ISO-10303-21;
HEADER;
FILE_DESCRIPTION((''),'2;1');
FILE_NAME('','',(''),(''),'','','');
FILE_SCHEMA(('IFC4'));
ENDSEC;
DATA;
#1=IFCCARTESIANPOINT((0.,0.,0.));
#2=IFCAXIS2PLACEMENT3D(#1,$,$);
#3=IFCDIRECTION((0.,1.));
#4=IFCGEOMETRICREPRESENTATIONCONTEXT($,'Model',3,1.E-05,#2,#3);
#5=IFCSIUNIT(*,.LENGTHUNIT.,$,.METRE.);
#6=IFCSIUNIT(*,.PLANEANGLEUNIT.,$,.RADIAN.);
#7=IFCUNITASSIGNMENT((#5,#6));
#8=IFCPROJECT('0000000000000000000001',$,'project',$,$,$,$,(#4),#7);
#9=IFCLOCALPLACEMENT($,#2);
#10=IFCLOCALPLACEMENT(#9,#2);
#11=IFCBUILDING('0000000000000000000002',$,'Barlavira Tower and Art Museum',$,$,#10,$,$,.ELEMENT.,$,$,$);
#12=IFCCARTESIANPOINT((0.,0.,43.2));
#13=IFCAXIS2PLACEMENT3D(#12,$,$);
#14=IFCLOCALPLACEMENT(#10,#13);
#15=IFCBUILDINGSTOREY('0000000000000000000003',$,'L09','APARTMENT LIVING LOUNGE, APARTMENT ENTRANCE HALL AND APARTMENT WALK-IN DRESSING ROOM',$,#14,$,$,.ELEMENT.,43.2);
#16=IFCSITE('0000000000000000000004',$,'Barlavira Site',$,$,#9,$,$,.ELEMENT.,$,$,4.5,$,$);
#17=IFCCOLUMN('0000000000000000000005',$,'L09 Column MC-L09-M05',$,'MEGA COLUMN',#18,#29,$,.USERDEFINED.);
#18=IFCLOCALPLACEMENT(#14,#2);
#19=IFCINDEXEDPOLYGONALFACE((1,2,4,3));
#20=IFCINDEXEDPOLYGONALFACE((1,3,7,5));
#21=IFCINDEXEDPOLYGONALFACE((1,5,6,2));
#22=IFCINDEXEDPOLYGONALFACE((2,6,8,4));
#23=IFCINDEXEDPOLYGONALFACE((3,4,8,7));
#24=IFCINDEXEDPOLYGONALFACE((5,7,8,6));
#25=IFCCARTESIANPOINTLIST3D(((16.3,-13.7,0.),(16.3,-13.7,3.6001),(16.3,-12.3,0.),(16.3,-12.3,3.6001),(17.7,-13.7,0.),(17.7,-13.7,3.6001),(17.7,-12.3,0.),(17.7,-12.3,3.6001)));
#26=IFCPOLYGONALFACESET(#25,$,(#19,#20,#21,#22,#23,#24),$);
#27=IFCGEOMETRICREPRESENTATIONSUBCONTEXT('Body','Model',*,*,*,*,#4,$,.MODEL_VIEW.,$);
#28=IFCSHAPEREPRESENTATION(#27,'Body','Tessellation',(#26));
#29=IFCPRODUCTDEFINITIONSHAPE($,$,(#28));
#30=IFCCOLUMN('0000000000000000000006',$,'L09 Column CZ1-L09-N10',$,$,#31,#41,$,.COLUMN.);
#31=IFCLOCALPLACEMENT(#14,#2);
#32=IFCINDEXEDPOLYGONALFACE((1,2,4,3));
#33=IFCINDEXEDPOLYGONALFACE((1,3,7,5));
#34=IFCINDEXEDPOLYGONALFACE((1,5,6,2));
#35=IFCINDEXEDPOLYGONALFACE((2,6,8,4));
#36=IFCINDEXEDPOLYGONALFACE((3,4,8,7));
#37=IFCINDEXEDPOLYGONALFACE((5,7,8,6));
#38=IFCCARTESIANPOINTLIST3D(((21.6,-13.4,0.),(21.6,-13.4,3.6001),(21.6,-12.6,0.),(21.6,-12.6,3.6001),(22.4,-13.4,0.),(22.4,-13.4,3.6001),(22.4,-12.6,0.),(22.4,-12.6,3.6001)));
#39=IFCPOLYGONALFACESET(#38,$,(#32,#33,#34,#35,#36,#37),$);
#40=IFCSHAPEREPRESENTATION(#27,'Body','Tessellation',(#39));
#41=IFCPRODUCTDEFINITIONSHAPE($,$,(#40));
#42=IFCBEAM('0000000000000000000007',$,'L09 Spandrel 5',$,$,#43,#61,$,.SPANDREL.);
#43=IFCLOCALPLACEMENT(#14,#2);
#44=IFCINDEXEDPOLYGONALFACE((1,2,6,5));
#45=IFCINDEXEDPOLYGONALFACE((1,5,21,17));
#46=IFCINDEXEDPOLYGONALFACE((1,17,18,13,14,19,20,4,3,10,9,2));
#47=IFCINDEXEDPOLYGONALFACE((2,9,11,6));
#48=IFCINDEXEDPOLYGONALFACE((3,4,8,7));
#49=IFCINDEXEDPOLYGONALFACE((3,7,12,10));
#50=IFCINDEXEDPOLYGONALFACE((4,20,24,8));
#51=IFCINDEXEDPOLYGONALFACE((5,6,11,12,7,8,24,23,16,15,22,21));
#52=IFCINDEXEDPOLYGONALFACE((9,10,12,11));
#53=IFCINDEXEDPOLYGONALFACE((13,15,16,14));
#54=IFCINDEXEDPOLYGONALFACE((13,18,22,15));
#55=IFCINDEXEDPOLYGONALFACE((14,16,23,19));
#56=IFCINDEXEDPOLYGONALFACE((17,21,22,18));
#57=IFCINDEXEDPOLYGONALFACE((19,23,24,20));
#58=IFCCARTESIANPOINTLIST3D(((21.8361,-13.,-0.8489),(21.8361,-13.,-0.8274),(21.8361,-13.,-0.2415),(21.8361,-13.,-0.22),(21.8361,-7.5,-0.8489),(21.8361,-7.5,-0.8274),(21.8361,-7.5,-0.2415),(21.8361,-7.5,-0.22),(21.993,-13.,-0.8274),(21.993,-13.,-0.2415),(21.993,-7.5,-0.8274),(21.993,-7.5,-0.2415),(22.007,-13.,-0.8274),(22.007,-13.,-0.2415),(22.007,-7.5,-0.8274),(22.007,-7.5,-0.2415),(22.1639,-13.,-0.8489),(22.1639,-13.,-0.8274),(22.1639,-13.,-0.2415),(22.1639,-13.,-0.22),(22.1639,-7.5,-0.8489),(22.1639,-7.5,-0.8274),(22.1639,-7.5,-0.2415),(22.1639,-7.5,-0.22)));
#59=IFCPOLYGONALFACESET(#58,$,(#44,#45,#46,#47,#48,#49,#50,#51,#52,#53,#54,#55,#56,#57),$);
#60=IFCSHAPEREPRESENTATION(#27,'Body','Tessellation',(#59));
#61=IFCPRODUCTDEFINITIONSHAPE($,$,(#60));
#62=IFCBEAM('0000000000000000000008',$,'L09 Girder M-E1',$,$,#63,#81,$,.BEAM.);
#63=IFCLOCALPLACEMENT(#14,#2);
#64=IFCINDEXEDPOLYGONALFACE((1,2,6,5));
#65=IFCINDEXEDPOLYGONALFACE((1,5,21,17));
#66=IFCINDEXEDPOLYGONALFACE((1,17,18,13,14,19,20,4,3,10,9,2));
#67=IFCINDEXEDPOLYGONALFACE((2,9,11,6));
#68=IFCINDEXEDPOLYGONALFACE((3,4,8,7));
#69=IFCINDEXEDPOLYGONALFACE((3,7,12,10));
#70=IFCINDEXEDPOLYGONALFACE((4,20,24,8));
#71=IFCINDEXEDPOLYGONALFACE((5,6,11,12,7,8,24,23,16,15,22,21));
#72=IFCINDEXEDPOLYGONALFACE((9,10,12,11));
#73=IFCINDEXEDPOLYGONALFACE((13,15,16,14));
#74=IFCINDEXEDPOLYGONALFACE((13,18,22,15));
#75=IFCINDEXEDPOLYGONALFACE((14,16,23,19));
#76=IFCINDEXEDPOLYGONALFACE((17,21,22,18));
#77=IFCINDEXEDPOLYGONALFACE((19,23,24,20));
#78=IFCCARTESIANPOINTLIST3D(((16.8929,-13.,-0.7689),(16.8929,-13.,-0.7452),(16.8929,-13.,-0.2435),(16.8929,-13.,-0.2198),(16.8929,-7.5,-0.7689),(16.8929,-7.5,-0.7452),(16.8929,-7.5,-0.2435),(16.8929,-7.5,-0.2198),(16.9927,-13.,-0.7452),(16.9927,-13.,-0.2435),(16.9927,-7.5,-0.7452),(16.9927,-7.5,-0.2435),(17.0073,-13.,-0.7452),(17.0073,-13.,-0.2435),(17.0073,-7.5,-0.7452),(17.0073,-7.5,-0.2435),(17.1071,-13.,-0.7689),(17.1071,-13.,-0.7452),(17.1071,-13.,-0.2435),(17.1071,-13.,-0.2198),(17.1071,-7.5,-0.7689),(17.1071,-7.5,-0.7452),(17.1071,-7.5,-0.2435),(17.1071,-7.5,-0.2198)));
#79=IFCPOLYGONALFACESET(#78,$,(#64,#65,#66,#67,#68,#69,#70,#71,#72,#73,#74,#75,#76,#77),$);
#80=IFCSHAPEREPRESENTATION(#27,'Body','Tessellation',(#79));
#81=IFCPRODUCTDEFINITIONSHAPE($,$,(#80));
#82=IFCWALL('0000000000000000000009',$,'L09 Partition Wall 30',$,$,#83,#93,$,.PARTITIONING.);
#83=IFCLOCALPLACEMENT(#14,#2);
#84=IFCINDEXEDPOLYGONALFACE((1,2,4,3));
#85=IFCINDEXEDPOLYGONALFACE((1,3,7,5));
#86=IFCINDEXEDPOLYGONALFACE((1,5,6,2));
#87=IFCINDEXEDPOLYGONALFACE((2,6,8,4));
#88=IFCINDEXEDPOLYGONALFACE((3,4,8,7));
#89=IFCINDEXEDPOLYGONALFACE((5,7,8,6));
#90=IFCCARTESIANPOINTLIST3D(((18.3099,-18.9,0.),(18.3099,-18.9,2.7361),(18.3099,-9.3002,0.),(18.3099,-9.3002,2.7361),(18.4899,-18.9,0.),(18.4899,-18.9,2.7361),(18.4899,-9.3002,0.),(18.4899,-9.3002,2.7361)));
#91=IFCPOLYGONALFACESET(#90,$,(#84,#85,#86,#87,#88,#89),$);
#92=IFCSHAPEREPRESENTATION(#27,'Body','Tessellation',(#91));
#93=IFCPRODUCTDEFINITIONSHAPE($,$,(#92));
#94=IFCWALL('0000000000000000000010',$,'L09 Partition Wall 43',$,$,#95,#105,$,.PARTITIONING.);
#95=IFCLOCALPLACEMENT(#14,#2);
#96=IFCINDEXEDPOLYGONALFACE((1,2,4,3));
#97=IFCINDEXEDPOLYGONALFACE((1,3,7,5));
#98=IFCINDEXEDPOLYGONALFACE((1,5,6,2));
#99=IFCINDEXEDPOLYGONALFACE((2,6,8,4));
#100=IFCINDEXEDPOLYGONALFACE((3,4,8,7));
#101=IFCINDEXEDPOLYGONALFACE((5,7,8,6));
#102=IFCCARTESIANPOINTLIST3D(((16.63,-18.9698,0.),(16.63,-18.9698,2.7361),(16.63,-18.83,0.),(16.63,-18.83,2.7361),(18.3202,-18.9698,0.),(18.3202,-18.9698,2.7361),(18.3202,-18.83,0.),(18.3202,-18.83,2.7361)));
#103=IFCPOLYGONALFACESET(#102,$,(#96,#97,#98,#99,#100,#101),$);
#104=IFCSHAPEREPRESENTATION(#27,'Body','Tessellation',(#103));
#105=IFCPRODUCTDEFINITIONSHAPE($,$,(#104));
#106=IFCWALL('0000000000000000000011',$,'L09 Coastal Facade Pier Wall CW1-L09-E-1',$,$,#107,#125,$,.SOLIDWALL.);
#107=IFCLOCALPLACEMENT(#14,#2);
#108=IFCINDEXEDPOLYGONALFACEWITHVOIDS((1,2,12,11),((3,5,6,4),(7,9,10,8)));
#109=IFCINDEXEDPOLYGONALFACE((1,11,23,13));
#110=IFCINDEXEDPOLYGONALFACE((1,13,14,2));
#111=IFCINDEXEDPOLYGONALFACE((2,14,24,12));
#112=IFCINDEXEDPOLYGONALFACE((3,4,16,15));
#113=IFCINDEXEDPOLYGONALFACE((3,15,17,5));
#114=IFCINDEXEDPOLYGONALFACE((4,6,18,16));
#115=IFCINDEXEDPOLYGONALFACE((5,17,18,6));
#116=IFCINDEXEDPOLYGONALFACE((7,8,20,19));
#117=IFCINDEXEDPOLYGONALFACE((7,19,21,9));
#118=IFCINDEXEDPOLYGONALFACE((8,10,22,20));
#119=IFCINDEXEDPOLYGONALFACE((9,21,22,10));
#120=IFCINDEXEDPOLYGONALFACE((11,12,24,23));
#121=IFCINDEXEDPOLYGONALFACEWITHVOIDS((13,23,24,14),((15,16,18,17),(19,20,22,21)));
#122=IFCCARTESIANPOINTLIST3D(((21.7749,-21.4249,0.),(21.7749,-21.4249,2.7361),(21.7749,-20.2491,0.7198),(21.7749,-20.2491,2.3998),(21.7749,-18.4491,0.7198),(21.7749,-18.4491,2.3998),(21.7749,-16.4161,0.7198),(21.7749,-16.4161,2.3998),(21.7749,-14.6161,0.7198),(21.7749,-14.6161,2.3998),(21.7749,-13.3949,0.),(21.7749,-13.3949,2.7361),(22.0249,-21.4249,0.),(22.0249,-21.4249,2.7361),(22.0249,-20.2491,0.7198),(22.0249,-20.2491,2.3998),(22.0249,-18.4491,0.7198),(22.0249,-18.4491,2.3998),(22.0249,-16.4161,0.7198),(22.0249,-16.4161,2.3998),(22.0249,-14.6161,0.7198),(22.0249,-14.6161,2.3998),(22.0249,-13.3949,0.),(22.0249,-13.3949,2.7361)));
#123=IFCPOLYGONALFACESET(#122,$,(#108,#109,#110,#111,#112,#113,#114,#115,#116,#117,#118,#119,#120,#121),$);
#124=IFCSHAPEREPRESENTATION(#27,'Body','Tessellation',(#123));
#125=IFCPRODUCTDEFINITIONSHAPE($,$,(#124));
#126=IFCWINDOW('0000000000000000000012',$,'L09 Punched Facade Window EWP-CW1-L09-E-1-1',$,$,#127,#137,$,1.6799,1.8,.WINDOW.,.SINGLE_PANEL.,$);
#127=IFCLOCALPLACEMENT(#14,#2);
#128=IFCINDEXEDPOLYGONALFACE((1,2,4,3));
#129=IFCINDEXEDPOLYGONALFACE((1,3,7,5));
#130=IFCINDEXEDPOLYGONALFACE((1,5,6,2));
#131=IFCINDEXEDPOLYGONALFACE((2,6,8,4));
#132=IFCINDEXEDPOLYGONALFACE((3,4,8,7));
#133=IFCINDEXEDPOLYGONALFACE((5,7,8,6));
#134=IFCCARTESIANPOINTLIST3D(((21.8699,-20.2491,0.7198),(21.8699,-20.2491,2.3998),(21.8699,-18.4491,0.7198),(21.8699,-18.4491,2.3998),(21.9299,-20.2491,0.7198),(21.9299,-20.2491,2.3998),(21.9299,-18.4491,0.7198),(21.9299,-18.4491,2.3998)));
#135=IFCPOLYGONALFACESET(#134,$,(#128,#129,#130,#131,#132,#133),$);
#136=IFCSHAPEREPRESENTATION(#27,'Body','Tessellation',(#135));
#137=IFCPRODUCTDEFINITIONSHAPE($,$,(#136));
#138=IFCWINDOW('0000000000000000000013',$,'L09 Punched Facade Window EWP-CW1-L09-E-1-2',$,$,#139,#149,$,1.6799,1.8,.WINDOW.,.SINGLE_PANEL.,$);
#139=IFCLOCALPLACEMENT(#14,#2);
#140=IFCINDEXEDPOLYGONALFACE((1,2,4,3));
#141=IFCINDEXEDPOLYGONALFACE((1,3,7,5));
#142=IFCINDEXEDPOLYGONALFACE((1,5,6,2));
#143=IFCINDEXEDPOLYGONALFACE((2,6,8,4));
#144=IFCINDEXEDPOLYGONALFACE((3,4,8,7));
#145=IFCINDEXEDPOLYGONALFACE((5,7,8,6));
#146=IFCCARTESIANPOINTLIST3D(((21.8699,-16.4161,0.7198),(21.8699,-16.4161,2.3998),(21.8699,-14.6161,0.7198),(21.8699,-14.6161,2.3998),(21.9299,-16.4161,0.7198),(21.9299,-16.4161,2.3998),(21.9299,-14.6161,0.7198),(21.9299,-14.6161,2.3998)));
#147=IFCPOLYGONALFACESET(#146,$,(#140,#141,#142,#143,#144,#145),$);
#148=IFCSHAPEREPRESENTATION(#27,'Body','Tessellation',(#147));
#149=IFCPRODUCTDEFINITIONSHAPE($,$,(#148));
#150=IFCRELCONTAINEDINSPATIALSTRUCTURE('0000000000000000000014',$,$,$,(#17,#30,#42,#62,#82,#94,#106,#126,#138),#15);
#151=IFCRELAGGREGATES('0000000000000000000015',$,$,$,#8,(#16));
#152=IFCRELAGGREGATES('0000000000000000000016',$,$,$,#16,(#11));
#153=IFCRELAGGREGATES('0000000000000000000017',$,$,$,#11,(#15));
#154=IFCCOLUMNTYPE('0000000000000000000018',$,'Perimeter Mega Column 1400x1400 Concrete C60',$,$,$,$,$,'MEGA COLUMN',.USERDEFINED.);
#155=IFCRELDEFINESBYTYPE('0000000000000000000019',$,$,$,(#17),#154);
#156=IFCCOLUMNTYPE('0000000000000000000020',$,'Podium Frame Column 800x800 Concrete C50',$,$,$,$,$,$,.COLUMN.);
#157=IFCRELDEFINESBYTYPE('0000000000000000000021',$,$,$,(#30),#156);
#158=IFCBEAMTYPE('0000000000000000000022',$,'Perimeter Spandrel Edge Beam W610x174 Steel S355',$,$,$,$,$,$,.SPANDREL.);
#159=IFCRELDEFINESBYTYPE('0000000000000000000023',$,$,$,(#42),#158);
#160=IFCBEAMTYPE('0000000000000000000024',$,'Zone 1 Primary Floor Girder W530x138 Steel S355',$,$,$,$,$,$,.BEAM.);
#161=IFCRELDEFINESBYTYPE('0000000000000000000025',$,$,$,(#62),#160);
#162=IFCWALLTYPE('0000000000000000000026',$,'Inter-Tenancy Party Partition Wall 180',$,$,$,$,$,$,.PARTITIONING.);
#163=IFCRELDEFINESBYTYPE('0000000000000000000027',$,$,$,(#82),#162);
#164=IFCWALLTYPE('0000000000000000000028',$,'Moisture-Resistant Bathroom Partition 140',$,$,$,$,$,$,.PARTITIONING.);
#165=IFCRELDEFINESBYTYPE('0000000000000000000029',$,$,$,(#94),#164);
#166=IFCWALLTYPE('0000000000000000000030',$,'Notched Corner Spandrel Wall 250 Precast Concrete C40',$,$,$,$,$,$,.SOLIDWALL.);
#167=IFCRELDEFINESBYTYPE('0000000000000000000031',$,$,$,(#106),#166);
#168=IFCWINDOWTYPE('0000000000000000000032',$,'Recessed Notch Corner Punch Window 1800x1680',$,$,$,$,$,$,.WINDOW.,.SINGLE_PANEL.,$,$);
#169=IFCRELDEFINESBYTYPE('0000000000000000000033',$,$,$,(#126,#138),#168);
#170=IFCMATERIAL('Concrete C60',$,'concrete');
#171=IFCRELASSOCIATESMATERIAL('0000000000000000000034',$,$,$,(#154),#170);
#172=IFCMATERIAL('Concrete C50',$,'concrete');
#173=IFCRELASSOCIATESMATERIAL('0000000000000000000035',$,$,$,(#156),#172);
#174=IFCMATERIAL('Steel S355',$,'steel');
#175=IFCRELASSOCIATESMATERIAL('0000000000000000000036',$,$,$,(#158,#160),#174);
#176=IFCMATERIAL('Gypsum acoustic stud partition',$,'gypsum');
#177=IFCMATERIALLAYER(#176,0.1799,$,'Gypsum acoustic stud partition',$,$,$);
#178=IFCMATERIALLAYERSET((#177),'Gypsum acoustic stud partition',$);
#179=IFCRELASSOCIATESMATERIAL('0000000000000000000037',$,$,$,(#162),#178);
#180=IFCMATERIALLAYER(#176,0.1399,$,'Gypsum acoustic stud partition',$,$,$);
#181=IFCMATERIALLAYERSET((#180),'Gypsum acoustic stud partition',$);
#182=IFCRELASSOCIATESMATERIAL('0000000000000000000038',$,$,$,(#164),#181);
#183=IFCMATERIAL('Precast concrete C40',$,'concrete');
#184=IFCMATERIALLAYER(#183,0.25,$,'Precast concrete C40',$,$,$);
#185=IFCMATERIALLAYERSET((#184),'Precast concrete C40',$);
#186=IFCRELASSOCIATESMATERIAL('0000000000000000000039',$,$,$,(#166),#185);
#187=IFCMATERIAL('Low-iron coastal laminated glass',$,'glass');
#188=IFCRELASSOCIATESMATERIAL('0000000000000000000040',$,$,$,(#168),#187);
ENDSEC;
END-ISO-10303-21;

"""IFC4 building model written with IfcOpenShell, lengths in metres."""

from ifc_helpers import new_model, si_unit, direction, frame, frame_2d, origin, origin_2d, place, context, subcontext, project, spatial, rectangle, i_section, extrude, material, layer, layer_set, material_profile, profile_set, type_object, element, fill, save


model = new_model("IFC4")

# Units and contexts
model_context = context("Model", 3, precision=1e-05, world=origin(), true_north=direction((0.0, 1.0)))
body_context = subcontext(model_context, "Body", "Model", "MODEL_VIEW")
ifc_project = project(units=[si_unit("LENGTHUNIT", "METRE"), si_unit("PLANEANGLEUNIT", "RADIAN")], contexts=[model_context])

# Site, building, storey
site_placement = place(None, origin())
site = spatial("IfcSite", under=ifc_project, at=site_placement, Name="Barlavira Site", CompositionType="ELEMENT", RefElevation=4.5)
building_placement = place(site_placement, origin())
building = spatial("IfcBuilding", under=site, at=building_placement, Name="Barlavira Tower and Art Museum", CompositionType="ELEMENT")
storey_placement = place(building_placement, frame((0.0, 0.0, 43.2)))
storey = spatial("IfcBuildingStorey", under=building, at=storey_placement, Name="L09", Description="APARTMENT LIVING LOUNGE, APARTMENT ENTRANCE HALL AND APARTMENT WALK-IN DRESSING ROOM", CompositionType="ELEMENT", Elevation=43.2)

# Columns
ifc_material_1 = material(Name="Concrete C60", Category="concrete")
ifc_material_profile_1 = material_profile(ifc_material_1, rectangle(XDim=1.3999, YDim=1.3999, at=origin_2d()), Name="RC-MCOL 1400x1400")
ifc_profile_set_1 = profile_set([ifc_material_profile_1], Name="Concrete C60")
column_type_1 = type_object("IfcColumnType", Name="Perimeter Mega Column 1400x1400 Concrete C60", ElementType="MEGA COLUMN", PredefinedType="USERDEFINED", material=ifc_profile_set_1)
column_1_placement = place(storey_placement, frame((17.0, -13.0, 0.0), z_axis=(0.0, 0.0, 1.0), x_axis=(1.0, 0.0, 0.0)))
element("IfcColumn", 1, at=column_1_placement, inside=storey, type_object=column_type_1, Name="L09 Column MC-L09-M05", ObjectType="MEGA COLUMN", PredefinedType="USERDEFINED", context=body_context, shape_type="SweptSolid", body=[
    extrude(rectangle(XDim=1.3999, YDim=1.3999, at=origin_2d()), origin(), (0.0, 0.0, 1.0), 3.6001),
])
ifc_material_2 = material(Name="Concrete C50", Category="concrete")
ifc_material_profile_2 = material_profile(ifc_material_2, rectangle(XDim=0.8, YDim=0.8, at=origin_2d()), Name="RC-COL 800x800")
ifc_profile_set_2 = profile_set([ifc_material_profile_2], Name="Concrete C50")
column_type_2 = type_object("IfcColumnType", Name="Podium Frame Column 800x800 Concrete C50", PredefinedType="COLUMN", material=ifc_profile_set_2)
column_2_placement = place(storey_placement, frame((22.0, -13.0, 0.0), z_axis=(0.0, 0.0, 1.0), x_axis=(1.0, 0.0, 0.0)))
element("IfcColumn", 2, at=column_2_placement, inside=storey, type_object=column_type_2, Name="L09 Column CZ1-L09-N10", PredefinedType="COLUMN", context=body_context, shape_type="SweptSolid", body=[
    extrude(rectangle(XDim=0.8, YDim=0.8, at=origin_2d()), origin(), (0.0, 0.0, 1.0), 3.6001),
])

# Beams
ifc_material_3 = material(Name="Steel S355", Category="steel")
ifc_material_profile_3 = material_profile(ifc_material_3, i_section(OverallWidth=0.3279, OverallDepth=0.6289, WebThickness=0.0139, FlangeThickness=0.0215, at=origin_2d()), Name="W610x174.0")
ifc_profile_set_3 = profile_set([ifc_material_profile_3], Name="Steel S355")
beam_type_1 = type_object("IfcBeamType", Name="Perimeter Spandrel Edge Beam W610x174 Steel S355", PredefinedType="SPANDREL", material=ifc_profile_set_3)
beam_1_placement = place(storey_placement, frame((22.0, -13.0, -0.5344), z_axis=(0.0, 1.0, 0.0), x_axis=(-1.0, 0.0, 0.0)))
element("IfcBeam", 3, at=beam_1_placement, inside=storey, type_object=beam_type_1, Name="L09 Spandrel 5", PredefinedType="SPANDREL", context=body_context, shape_type="SweptSolid", body=[
    extrude(i_section(OverallWidth=0.3279, OverallDepth=0.6289, WebThickness=0.0139, FlangeThickness=0.0215, at=origin_2d()), origin(), (0.0, 0.0, 1.0), 5.5),
])
ifc_material_profile_4 = material_profile(ifc_material_3, i_section(OverallWidth=0.2141, OverallDepth=0.5491, WebThickness=0.0146, FlangeThickness=0.0237, at=origin_2d()), Name="W530x138.0")
ifc_profile_set_4 = profile_set([ifc_material_profile_4], Name="Steel S355")
beam_type_2 = type_object("IfcBeamType", Name="Zone 1 Primary Floor Girder W530x138 Steel S355", PredefinedType="BEAM", material=ifc_profile_set_4)
beam_2_placement = place(storey_placement, frame((17.0, -13.0, -0.4944), z_axis=(0.0, 1.0, 0.0), x_axis=(-1.0, 0.0, 0.0)))
element("IfcBeam", 4, at=beam_2_placement, inside=storey, type_object=beam_type_2, Name="L09 Girder M-E1", PredefinedType="BEAM", context=body_context, shape_type="SweptSolid", body=[
    extrude(i_section(OverallWidth=0.2141, OverallDepth=0.5491, WebThickness=0.0146, FlangeThickness=0.0237, at=origin_2d()), origin(), (0.0, 0.0, 1.0), 5.5),
])

# Walls
ifc_material_4 = material(Name="Gypsum acoustic stud partition", Category="gypsum")
ifc_layer_1 = layer(ifc_material_4, 0.1799, Name="Gypsum acoustic stud partition")
ifc_layer_set_1 = layer_set([ifc_layer_1], Name="Gypsum acoustic stud partition")
wall_type_1 = type_object("IfcWallType", Name="Inter-Tenancy Party Partition Wall 180", PredefinedType="PARTITIONING", material=ifc_layer_set_1)
wall_1_placement = place(storey_placement, frame((18.3999, -18.8999, 0.0), z_axis=(0.0, 0.0, 1.0), x_axis=(0.0, 1.0, 0.0)))
element("IfcWall", 5, at=wall_1_placement, inside=storey, type_object=wall_type_1, Name="L09 Partition Wall 30", PredefinedType="PARTITIONING", context=body_context, shape_type="SweptSolid", body=[
    extrude(rectangle(XDim=9.5999, YDim=0.1799, at=frame_2d((4.7998, 0.0))), origin(), (0.0, 0.0, 1.0), 2.7361),
])
ifc_layer_2 = layer(ifc_material_4, 0.1399, Name="Gypsum acoustic stud partition")
ifc_layer_set_2 = layer_set([ifc_layer_2], Name="Gypsum acoustic stud partition")
wall_type_2 = type_object("IfcWallType", Name="Moisture-Resistant Bathroom Partition 140", PredefinedType="PARTITIONING", material=ifc_layer_set_2)
wall_2_placement = place(storey_placement, frame((16.6299, -18.8999, 0.0), z_axis=(0.0, 0.0, 1.0), x_axis=(1.0, 0.0, 0.0)))
element("IfcWall", 6, at=wall_2_placement, inside=storey, type_object=wall_type_2, Name="L09 Partition Wall 43", PredefinedType="PARTITIONING", context=body_context, shape_type="SweptSolid", body=[
    extrude(rectangle(XDim=1.6902, YDim=0.1399, at=frame_2d((0.8452, 0.0))), origin(), (0.0, 0.0, 1.0), 2.7361),
])

# Wall, openings, windows
ifc_material_5 = material(Name="Precast concrete C40", Category="concrete")
ifc_layer_3 = layer(ifc_material_5, 0.25, Name="Precast concrete C40")
ifc_layer_set_3 = layer_set([ifc_layer_3], Name="Precast concrete C40")
wall_type_3 = type_object("IfcWallType", Name="Notched Corner Spandrel Wall 250 Precast Concrete C40", PredefinedType="SOLIDWALL", material=ifc_layer_set_3)
wall_3_placement = place(storey_placement, frame((21.8999, -21.425, 0.0), z_axis=(0.0, 0.0, 1.0), x_axis=(0.0, 1.0, 0.0)))
wall_3 = element("IfcWall", 7, at=wall_3_placement, inside=storey, type_object=wall_type_3, Name="L09 Coastal Facade Pier Wall CW1-L09-E-1", PredefinedType="SOLIDWALL", context=body_context, shape_type="SweptSolid", body=[
    extrude(rectangle(XDim=8.03, YDim=0.25, at=frame_2d((4.0151, 0.0))), origin(), (0.0, 0.0, 1.0), 2.7361),
])
opening_1_placement = place(wall_3_placement, frame((1.176, 0.0, 0.72)))
opening_1 = element("IfcOpeningElement", 8, at=opening_1_placement, cuts=wall_3, PredefinedType="OPENING", context=body_context, shape_type="SweptSolid", body=[
    extrude(rectangle(XDim=1.8, YDim=1.6799, at=frame_2d((0.8999, 0.8398))), frame((0.0, 0.135, 0.0), z_axis=(0.0, -1.0, 0.0), x_axis=(1.0, 0.0, 0.0)), (0.0, 0.0, 1.0), 0.27),
])
opening_2_placement = place(wall_3_placement, frame((5.009, 0.0, 0.72)))
opening_2 = element("IfcOpeningElement", 9, at=opening_2_placement, cuts=wall_3, PredefinedType="OPENING", context=body_context, shape_type="SweptSolid", body=[
    extrude(rectangle(XDim=1.8, YDim=1.6799, at=frame_2d((0.8999, 0.8398))), frame((0.0, 0.135, 0.0), z_axis=(0.0, -1.0, 0.0), x_axis=(1.0, 0.0, 0.0)), (0.0, 0.0, 1.0), 0.27),
])
ifc_material_6 = material(Name="Low-iron coastal laminated glass", Category="glass")
window_type = type_object("IfcWindowType", Name="Recessed Notch Corner Punch Window 1800x1680", PartitioningType="SINGLE_PANEL", PredefinedType="WINDOW", material=ifc_material_6)
window_1_placement = place(opening_1_placement, origin())
window_1 = element("IfcWindow", 10, at=window_1_placement, inside=storey, type_object=window_type, Name="L09 Punched Facade Window EWP-CW1-L09-E-1-1", OverallHeight=1.6799, OverallWidth=1.8, PartitioningType="SINGLE_PANEL", PredefinedType="WINDOW", context=body_context, shape_type="SweptSolid", body=[
    extrude(rectangle(XDim=1.8, YDim=1.6799, at=frame_2d((0.8999, 0.8398))), frame((0.0, 0.03, 0.0), z_axis=(0.0, -1.0, 0.0), x_axis=(1.0, 0.0, 0.0)), (0.0, 0.0, 1.0), 0.0601),
])
fill(opening_1, window_1)
window_2_placement = place(opening_2_placement, origin())
window_2 = element("IfcWindow", 11, at=window_2_placement, inside=storey, type_object=window_type, Name="L09 Punched Facade Window EWP-CW1-L09-E-1-2", OverallHeight=1.6799, OverallWidth=1.8, PartitioningType="SINGLE_PANEL", PredefinedType="WINDOW", context=body_context, shape_type="SweptSolid", body=[
    extrude(rectangle(XDim=1.8, YDim=1.6799, at=frame_2d((0.8999, 0.8398))), frame((0.0, 0.03, 0.0), z_axis=(0.0, -1.0, 0.0), x_axis=(1.0, 0.0, 0.0)), (0.0, 0.0, 1.0), 0.0601),
])
fill(opening_2, window_2)

save(model, "model.ifc")
